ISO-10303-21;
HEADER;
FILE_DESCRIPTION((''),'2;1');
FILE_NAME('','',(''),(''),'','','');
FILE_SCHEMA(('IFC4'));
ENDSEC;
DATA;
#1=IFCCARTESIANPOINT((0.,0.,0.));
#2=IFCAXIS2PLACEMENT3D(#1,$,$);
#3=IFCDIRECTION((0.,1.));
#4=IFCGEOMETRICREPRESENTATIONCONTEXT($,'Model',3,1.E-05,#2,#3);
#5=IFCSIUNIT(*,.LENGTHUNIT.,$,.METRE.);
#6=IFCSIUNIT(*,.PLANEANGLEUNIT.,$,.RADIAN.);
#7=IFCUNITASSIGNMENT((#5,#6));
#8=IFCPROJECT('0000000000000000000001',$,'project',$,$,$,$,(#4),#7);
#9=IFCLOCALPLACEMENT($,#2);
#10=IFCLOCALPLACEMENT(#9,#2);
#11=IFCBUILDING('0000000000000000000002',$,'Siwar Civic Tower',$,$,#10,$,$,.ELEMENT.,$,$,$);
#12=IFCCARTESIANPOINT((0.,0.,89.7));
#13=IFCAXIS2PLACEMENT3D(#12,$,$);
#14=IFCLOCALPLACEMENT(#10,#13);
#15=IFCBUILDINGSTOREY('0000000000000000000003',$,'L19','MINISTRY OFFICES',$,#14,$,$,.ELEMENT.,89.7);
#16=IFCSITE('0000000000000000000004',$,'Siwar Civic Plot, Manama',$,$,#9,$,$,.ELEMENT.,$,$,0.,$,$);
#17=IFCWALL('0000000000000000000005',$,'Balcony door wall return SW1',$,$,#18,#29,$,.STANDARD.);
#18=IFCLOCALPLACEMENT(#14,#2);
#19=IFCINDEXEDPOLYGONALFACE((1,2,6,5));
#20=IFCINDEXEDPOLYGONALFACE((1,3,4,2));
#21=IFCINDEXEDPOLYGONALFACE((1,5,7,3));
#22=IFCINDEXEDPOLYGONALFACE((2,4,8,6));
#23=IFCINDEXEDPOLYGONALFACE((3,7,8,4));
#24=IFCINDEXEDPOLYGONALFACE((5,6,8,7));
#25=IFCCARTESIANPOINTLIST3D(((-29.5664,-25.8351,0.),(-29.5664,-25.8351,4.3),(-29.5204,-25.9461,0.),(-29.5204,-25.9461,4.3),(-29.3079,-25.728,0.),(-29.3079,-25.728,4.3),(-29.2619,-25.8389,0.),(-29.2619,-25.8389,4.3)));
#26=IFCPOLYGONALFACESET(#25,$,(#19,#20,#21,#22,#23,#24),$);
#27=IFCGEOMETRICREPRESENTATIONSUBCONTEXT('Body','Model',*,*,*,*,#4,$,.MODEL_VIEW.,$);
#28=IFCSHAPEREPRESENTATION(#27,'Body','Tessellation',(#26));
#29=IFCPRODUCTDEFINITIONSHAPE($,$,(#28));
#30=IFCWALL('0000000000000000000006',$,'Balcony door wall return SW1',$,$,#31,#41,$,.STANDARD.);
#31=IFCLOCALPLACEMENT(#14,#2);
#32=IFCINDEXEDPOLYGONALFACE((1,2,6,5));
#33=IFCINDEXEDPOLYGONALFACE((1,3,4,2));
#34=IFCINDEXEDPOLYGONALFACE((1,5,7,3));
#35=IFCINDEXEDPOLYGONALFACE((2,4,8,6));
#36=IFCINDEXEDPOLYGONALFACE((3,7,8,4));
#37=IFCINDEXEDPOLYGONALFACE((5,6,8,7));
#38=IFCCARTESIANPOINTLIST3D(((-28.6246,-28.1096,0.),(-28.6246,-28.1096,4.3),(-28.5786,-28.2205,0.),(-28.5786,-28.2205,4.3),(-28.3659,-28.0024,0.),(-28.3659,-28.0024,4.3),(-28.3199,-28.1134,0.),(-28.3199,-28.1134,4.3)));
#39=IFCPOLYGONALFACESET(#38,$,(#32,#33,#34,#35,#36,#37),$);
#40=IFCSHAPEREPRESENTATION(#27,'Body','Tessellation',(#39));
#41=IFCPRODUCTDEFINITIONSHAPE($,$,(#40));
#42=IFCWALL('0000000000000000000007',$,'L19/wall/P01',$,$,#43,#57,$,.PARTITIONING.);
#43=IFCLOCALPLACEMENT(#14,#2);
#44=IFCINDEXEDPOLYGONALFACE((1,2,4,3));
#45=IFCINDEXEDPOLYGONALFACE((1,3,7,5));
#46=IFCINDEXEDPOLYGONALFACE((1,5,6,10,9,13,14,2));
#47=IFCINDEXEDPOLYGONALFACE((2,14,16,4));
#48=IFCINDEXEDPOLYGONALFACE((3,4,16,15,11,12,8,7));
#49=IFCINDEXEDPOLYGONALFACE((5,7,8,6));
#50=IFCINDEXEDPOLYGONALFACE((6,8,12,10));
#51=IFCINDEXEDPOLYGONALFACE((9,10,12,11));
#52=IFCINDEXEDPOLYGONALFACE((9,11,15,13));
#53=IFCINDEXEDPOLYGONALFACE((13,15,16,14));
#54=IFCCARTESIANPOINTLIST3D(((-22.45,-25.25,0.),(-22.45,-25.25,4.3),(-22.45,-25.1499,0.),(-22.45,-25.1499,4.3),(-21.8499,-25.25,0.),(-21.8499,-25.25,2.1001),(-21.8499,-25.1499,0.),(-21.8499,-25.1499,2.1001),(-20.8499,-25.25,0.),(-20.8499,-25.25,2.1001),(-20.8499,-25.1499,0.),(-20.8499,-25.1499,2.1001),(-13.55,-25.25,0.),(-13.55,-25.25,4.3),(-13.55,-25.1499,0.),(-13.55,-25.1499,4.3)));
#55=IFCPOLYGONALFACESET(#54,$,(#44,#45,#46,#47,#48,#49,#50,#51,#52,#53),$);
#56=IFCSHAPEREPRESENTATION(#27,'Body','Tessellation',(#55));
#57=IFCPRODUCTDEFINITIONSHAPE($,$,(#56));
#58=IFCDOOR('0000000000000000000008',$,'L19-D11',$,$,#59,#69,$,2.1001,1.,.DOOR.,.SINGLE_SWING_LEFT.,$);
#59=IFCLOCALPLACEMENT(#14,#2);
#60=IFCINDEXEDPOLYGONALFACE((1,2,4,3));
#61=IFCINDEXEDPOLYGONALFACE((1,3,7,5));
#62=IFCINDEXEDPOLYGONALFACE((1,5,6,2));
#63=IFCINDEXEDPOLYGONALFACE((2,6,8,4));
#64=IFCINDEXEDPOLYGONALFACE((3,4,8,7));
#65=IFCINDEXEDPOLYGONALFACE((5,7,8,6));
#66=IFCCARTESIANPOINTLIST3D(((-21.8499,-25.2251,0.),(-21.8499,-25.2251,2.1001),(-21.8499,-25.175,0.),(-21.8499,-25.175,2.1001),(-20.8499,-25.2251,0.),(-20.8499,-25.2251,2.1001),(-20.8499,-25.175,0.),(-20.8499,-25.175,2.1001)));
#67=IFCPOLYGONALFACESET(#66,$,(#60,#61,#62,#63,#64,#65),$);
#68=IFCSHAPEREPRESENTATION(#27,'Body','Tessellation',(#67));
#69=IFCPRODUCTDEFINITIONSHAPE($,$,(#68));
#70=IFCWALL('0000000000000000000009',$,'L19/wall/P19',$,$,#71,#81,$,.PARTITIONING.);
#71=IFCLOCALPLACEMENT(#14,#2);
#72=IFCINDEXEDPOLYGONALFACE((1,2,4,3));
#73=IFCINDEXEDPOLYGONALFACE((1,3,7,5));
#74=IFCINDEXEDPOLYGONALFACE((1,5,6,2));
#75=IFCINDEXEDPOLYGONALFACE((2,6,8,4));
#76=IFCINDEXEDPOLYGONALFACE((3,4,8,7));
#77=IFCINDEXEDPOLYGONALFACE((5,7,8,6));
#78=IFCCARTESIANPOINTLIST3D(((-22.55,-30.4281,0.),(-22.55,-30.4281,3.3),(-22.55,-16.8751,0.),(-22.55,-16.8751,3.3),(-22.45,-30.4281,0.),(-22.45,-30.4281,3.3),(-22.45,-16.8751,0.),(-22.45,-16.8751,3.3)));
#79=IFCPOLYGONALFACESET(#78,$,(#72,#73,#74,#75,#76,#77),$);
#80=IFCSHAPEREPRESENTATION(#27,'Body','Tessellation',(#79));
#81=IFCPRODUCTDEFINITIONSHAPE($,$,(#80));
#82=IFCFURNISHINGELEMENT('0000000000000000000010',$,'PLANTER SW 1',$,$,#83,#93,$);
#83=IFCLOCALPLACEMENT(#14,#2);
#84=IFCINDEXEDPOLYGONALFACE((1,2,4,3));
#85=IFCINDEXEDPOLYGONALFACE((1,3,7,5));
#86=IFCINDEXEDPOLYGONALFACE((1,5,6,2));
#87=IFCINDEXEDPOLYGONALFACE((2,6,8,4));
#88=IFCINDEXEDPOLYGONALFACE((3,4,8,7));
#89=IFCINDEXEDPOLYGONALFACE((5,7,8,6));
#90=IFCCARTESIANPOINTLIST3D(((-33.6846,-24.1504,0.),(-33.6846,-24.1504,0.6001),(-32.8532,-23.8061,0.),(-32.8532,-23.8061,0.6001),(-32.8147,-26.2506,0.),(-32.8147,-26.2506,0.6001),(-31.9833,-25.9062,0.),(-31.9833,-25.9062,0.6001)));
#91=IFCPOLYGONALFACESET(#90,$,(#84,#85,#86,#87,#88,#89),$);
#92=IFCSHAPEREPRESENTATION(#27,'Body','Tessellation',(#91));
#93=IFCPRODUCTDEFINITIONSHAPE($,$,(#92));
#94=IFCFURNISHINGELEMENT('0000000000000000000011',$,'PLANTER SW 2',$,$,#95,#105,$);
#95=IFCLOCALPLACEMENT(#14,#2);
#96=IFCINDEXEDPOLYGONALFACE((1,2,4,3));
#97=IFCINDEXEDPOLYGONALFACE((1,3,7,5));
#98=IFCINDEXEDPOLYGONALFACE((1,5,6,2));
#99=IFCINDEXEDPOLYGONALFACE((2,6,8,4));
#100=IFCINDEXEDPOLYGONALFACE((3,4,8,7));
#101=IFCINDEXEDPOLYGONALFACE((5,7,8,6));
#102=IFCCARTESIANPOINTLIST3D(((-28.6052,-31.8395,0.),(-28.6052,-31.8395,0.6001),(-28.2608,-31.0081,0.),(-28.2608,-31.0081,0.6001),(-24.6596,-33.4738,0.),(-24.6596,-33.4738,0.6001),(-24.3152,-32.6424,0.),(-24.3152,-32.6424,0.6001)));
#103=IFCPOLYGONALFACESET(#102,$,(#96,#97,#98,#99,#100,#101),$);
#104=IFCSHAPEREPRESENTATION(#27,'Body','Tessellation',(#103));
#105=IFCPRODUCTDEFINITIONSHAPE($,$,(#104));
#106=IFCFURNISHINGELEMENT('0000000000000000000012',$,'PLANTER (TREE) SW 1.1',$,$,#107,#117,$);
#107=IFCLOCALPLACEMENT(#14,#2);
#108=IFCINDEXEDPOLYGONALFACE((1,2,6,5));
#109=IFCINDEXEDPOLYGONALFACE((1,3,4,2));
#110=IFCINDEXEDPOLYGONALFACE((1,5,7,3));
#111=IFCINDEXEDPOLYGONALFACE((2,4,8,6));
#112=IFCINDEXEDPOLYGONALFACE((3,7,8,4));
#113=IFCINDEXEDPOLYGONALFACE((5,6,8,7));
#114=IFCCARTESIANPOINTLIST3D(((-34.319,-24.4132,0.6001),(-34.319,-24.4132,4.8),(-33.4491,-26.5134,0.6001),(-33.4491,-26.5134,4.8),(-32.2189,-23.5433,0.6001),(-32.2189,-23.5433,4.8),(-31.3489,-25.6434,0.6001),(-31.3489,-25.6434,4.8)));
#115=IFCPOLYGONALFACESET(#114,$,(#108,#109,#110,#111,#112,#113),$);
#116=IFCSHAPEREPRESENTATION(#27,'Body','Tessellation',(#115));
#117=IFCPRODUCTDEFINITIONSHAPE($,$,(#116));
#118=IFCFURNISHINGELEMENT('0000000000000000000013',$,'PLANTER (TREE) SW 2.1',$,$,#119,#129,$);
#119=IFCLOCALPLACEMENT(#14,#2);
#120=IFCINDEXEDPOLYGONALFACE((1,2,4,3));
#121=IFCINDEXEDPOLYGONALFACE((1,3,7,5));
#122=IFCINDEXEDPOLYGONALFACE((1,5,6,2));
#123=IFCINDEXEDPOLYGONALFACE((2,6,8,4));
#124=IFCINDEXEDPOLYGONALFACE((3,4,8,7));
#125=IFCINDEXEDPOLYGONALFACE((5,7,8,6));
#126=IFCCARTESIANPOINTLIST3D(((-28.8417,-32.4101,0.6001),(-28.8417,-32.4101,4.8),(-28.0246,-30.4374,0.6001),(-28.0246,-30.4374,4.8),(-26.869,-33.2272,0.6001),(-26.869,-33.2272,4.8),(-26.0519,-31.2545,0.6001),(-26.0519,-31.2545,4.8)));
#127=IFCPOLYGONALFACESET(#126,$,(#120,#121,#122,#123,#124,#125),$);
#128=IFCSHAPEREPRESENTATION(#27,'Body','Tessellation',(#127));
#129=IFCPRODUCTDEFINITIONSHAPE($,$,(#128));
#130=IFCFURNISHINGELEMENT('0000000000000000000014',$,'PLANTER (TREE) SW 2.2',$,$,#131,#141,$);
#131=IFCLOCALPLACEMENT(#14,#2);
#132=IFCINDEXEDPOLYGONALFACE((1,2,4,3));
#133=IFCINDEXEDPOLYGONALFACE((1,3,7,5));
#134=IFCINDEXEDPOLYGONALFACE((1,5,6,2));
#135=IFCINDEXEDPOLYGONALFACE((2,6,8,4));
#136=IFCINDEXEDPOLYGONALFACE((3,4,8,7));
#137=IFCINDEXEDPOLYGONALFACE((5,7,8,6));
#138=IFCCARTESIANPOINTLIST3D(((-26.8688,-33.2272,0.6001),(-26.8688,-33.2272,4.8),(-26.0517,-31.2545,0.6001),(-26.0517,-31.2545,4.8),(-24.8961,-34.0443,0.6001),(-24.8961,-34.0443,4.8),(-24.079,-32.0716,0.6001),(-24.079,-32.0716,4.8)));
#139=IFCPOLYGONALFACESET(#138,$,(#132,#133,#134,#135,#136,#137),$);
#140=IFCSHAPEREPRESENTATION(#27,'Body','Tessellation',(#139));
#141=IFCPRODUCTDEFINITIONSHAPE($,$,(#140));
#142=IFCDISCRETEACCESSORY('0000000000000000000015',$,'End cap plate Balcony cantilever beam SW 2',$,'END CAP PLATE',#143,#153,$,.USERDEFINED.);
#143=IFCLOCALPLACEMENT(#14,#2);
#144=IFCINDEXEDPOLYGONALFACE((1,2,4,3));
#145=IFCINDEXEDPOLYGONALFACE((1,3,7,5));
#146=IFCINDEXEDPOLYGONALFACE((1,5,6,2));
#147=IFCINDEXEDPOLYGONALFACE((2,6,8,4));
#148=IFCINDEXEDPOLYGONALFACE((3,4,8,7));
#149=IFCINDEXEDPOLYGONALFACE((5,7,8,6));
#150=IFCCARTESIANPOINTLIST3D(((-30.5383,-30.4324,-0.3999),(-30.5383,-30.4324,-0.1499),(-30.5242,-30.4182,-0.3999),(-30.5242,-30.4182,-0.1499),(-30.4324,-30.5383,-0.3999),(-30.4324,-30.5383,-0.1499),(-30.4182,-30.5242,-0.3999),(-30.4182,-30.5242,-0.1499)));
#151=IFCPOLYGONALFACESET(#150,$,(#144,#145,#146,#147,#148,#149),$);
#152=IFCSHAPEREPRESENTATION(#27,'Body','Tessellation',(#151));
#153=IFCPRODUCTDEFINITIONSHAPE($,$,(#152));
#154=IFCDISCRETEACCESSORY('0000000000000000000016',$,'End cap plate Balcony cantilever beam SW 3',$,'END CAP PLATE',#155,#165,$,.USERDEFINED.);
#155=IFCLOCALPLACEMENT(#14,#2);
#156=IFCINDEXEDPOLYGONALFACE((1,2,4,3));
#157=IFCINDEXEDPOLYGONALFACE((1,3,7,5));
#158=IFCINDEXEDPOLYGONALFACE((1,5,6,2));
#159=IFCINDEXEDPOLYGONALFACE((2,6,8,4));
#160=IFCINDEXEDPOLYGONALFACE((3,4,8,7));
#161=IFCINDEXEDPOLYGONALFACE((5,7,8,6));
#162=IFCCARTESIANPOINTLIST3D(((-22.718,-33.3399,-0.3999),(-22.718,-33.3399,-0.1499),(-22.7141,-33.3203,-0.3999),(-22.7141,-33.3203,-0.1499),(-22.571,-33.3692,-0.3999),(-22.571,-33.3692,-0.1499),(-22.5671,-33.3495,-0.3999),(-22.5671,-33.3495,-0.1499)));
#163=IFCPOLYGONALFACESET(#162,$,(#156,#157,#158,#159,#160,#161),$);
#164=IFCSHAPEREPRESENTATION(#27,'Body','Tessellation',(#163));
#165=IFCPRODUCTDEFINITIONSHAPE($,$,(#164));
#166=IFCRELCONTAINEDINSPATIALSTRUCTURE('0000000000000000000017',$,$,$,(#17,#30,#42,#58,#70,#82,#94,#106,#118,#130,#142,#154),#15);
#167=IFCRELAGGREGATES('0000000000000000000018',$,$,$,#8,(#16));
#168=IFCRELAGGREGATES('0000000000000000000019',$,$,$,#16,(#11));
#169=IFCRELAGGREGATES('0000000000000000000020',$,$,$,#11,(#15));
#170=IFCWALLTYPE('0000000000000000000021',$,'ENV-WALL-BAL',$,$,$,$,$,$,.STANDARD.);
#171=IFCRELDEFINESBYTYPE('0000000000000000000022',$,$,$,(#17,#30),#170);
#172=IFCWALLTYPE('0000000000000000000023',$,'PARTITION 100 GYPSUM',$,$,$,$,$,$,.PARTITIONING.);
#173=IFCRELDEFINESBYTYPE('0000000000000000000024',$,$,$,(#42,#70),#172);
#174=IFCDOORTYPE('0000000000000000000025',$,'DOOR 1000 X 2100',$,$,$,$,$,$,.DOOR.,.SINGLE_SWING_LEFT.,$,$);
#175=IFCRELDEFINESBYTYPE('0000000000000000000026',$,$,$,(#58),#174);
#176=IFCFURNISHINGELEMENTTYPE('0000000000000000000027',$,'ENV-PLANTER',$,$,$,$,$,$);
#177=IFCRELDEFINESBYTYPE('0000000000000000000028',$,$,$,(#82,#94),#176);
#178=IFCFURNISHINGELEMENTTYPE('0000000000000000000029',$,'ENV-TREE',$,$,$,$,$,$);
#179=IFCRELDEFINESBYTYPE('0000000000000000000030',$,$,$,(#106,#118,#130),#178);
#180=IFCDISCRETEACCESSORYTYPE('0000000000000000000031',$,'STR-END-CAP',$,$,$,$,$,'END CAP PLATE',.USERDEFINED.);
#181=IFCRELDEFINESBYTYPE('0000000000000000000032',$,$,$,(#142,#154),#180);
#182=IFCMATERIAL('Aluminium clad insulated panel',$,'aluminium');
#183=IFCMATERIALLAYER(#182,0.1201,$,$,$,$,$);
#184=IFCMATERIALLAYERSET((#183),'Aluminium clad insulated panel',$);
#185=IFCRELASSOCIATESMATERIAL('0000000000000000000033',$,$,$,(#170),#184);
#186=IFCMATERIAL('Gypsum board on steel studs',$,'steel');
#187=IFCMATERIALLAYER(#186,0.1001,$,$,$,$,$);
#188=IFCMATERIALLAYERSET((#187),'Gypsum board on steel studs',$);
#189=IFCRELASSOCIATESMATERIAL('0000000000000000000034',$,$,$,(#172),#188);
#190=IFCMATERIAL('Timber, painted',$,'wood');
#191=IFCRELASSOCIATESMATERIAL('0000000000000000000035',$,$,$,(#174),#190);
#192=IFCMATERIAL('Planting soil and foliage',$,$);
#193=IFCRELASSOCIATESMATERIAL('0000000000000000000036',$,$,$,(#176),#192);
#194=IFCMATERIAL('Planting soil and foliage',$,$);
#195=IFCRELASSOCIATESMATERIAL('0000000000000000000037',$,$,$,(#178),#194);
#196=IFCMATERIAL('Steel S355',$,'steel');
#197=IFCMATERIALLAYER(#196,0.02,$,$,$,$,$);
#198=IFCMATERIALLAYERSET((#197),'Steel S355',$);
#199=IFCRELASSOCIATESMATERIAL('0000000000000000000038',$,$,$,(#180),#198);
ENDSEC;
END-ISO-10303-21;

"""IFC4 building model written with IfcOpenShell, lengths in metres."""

from ifc_helpers import new_model, si_unit, direction, frame, frame_2d, origin, origin_2d, place, context, subcontext, project, spatial, rectangle, extrude, material, layer, layer_set, type_object, element, fill, save


model = new_model("IFC4")

# Units and contexts
model_context = context("Model", 3, precision=1e-05, world=origin(), true_north=direction((0.0, 1.0)))
body_context = subcontext(model_context, "Body", "Model", "MODEL_VIEW")
ifc_project = project(units=[si_unit("LENGTHUNIT", "METRE"), si_unit("PLANEANGLEUNIT", "RADIAN")], contexts=[model_context])

# Site, building, storey
site_placement = place(None, origin())
site = spatial("IfcSite", under=ifc_project, at=site_placement, Name="Siwar Civic Plot, Manama", CompositionType="ELEMENT", RefElevation=0.0)
building_placement = place(site_placement, origin())
building = spatial("IfcBuilding", under=site, at=building_placement, Name="Siwar Civic Tower", CompositionType="ELEMENT")
storey_placement = place(building_placement, frame((0.0, 0.0, 89.7)))
storey = spatial("IfcBuildingStorey", under=building, at=storey_placement, Name="L19", Description="MINISTRY OFFICES", CompositionType="ELEMENT", Elevation=89.7)

# Walls
ifc_material_1 = material(Name="Aluminium clad insulated panel", Category="aluminium")
ifc_layer_1 = layer(ifc_material_1, 0.1201)
ifc_layer_set_1 = layer_set([ifc_layer_1], Name="Aluminium clad insulated panel")
wall_type_1 = type_object("IfcWallType", Name="ENV-WALL-BAL", PredefinedType="STANDARD", material=ifc_layer_set_1)
wall_1_placement = place(storey_placement, frame((-29.2849, -25.7834, 0.0), z_axis=(0.0, 0.0, 1.0), x_axis=(-0.923772, -0.382942, 0.0)))
element("IfcWall", 1, at=wall_1_placement, inside=storey, type_object=wall_type_1, Name="Balcony door wall return SW1", PredefinedType="STANDARD", context=body_context, shape_type="SweptSolid", body=[
    extrude(rectangle(XDim=0.2798, YDim=0.1201, at=frame_2d((0.1399, 0.0))), origin(), (0.0, 0.0, 1.0), 4.3),
])
wall_2_placement = place(storey_placement, frame((-28.3428, -28.0579, 0.0), z_axis=(0.0, 0.0, 1.0), x_axis=(-0.9239, -0.382634, 0.0)))
element("IfcWall", 2, at=wall_2_placement, inside=storey, type_object=wall_type_1, Name="Balcony door wall return SW1", PredefinedType="STANDARD", context=body_context, shape_type="SweptSolid", body=[
    extrude(rectangle(XDim=0.28, YDim=0.1201, at=frame_2d((0.1401, 0.0))), origin(), (0.0, 0.0, 1.0), 4.3),
])

# Wall, opening, door
ifc_material_2 = material(Name="Gypsum board on steel studs", Category="steel")
ifc_layer_2 = layer(ifc_material_2, 0.1001)
ifc_layer_set_2 = layer_set([ifc_layer_2], Name="Gypsum board on steel studs")
wall_type_2 = type_object("IfcWallType", Name="PARTITION 100 GYPSUM", PredefinedType="PARTITIONING", material=ifc_layer_set_2)
wall_3_placement = place(storey_placement, frame((-22.45, -25.2, 0.0), z_axis=(0.0, 0.0, 1.0), x_axis=(1.0, 0.0, 0.0)))
wall_3 = element("IfcWall", 3, at=wall_3_placement, inside=storey, type_object=wall_type_2, Name="L19/wall/P01", PredefinedType="PARTITIONING", context=body_context, shape_type="SweptSolid", body=[
    extrude(rectangle(XDim=8.8999, YDim=0.1001, at=frame_2d((4.45, 0.0))), origin(), (0.0, 0.0, 1.0), 4.3),
])
opening_1_placement = place(wall_3_placement, frame((0.6001, 0.0, 0.0)))
opening_1 = element("IfcOpeningElement", 4, at=opening_1_placement, cuts=wall_3, PredefinedType="OPENING", context=body_context, shape_type="SweptSolid", body=[
    extrude(rectangle(XDim=1.0, YDim=2.1001, at=frame_2d((0.5, 1.05))), frame((0.0, 0.0601, 0.0), z_axis=(0.0, -1.0, 0.0), x_axis=(1.0, 0.0, 0.0)), (0.0, 0.0, 1.0), 0.1201),
])
ifc_material_3 = material(Name="Timber, painted", Category="wood")
door_type_1 = type_object("IfcDoorType", Name="DOOR 1000 X 2100", OperationType="SINGLE_SWING_LEFT", PredefinedType="DOOR", material=ifc_material_3)
door_1_placement = place(opening_1_placement, origin())
door_1 = element("IfcDoor", 5, at=door_1_placement, inside=storey, type_object=door_type_1, Name="L19-D11", OperationType="SINGLE_SWING_LEFT", OverallHeight=2.1001, OverallWidth=1.0, PredefinedType="DOOR", context=body_context, shape_type="SweptSolid", body=[
    extrude(rectangle(XDim=1.0, YDim=2.1001, at=frame_2d((0.5, 1.05))), frame((0.0, 0.0249, 0.0), z_axis=(0.0, -1.0, 0.0), x_axis=(1.0, 0.0, 0.0)), (0.0, 0.0, 1.0), 0.05),
])
fill(opening_1, door_1)

# Wall
wall_4_placement = place(storey_placement, frame((-22.5, -30.428, 0.0), z_axis=(0.0, 0.0, 1.0), x_axis=(0.0, 1.0, 0.0)))
element("IfcWall", 6, at=wall_4_placement, inside=storey, type_object=wall_type_2, Name="L19/wall/P19", PredefinedType="PARTITIONING", context=body_context, shape_type="SweptSolid", body=[
    extrude(rectangle(XDim=13.553, YDim=0.1001, at=frame_2d((6.7764, 0.0))), origin(), (0.0, 0.0, 1.0), 3.3),
])

# Furnishing elements
ifc_material_4 = material(Name="Planting soil and foliage")
furnishing_element_type_1 = type_object("IfcFurnishingElementType", Name="ENV-PLANTER", material=ifc_material_4)
furnishing_1_placement = place(storey_placement, frame((-32.834, -25.0283, 0.0), z_axis=(0.0, 0.0, 1.0), x_axis=(0.382683, -0.92388, 0.0)))
element("IfcFurnishingElement", 7, at=furnishing_1_placement, inside=storey, type_object=furnishing_element_type_1, Name="PLANTER SW 1", context=body_context, shape_type="SweptSolid", body=[
    extrude(rectangle(XDim=2.2732, YDim=0.8999, at=origin_2d()), origin(), (0.0, 0.0, 1.0), 0.6001),
])
furnishing_2_placement = place(storey_placement, frame((-26.4602, -32.241, 0.0), z_axis=(0.0, 0.0, 1.0), x_axis=(0.92388, -0.382683, 0.0)))
element("IfcFurnishingElement", 8, at=furnishing_2_placement, inside=storey, type_object=furnishing_element_type_1, Name="PLANTER SW 2", context=body_context, shape_type="SweptSolid", body=[
    extrude(rectangle(XDim=4.2708, YDim=0.8999, at=origin_2d()), origin(), (0.0, 0.0, 1.0), 0.6001),
])
ifc_material_5 = material(Name="Planting soil and foliage")
furnishing_element_type_2 = type_object("IfcFurnishingElementType", Name="ENV-TREE", material=ifc_material_5)
furnishing_3_placement = place(storey_placement, frame((-32.834, -25.0283, 0.6001), z_axis=(0.0, 0.0, 1.0), x_axis=(0.382683, -0.92388, 0.0)))
element("IfcFurnishingElement", 9, at=furnishing_3_placement, inside=storey, type_object=furnishing_element_type_2, Name="PLANTER (TREE) SW 1.1", context=body_context, shape_type="SweptSolid", body=[
    extrude(rectangle(XDim=2.2732, YDim=2.2732, at=origin_2d()), origin(), (0.0, 0.0, 1.0), 4.2),
])
for number, where, z_axis, x_axis, name in (
    (10, (-27.4468, -31.8323, 0.6001), (0.0, 0.0, 1.0), (0.92388, -0.382683, 0.0), "PLANTER (TREE) SW 2.1"),
    (11, (-25.4739, -32.6494, 0.6001), (0.0, 0.0, 1.0), (0.92388, -0.382683, 0.0), "PLANTER (TREE) SW 2.2"),
):
    element("IfcFurnishingElement", number, at=place(storey_placement, frame(where, z_axis=z_axis, x_axis=x_axis)), inside=storey, type_object=furnishing_element_type_2, Name=name, context=body_context, shape_type="SweptSolid", body=[
        extrude(rectangle(XDim=2.1353, YDim=2.1353, at=origin_2d()), origin(), (0.0, 0.0, 1.0), 4.2),
    ])

# Discrete accessories
ifc_material_6 = material(Name="Steel S355", Category="steel")
ifc_layer_3 = layer(ifc_material_6, 0.02)
ifc_layer_set_3 = layer_set([ifc_layer_3], Name="Steel S355")
discrete_accessory_type = type_object("IfcDiscreteAccessoryType", Name="STR-END-CAP", ElementType="END CAP PLATE", PredefinedType="USERDEFINED", material=ifc_layer_set_3)
for number, where, z_axis, x_axis, name in (
    (12, (-30.4783, -30.4783, -0.3999), (0.0, 0.0, 1.0), (-0.707107, -0.707107, 0.0), "End cap plate Balcony cantilever beam SW 2"),
    (13, (-22.6426, -33.3447, -0.3999), (0.0, 0.0, 1.0), (-0.19509, -0.980785, 0.0), "End cap plate Balcony cantilever beam SW 3"),
):
    element("IfcDiscreteAccessory", number, at=place(storey_placement, frame(where, z_axis=z_axis, x_axis=x_axis)), inside=storey, type_object=discrete_accessory_type, Name=name, ObjectType="END CAP PLATE", PredefinedType="USERDEFINED", context=body_context, shape_type="SweptSolid", body=[
        extrude(rectangle(XDim=0.02, YDim=0.1499, at=origin_2d()), origin(), (0.0, 0.0, 1.0), 0.25),
    ])

save(model, "model.ifc")
